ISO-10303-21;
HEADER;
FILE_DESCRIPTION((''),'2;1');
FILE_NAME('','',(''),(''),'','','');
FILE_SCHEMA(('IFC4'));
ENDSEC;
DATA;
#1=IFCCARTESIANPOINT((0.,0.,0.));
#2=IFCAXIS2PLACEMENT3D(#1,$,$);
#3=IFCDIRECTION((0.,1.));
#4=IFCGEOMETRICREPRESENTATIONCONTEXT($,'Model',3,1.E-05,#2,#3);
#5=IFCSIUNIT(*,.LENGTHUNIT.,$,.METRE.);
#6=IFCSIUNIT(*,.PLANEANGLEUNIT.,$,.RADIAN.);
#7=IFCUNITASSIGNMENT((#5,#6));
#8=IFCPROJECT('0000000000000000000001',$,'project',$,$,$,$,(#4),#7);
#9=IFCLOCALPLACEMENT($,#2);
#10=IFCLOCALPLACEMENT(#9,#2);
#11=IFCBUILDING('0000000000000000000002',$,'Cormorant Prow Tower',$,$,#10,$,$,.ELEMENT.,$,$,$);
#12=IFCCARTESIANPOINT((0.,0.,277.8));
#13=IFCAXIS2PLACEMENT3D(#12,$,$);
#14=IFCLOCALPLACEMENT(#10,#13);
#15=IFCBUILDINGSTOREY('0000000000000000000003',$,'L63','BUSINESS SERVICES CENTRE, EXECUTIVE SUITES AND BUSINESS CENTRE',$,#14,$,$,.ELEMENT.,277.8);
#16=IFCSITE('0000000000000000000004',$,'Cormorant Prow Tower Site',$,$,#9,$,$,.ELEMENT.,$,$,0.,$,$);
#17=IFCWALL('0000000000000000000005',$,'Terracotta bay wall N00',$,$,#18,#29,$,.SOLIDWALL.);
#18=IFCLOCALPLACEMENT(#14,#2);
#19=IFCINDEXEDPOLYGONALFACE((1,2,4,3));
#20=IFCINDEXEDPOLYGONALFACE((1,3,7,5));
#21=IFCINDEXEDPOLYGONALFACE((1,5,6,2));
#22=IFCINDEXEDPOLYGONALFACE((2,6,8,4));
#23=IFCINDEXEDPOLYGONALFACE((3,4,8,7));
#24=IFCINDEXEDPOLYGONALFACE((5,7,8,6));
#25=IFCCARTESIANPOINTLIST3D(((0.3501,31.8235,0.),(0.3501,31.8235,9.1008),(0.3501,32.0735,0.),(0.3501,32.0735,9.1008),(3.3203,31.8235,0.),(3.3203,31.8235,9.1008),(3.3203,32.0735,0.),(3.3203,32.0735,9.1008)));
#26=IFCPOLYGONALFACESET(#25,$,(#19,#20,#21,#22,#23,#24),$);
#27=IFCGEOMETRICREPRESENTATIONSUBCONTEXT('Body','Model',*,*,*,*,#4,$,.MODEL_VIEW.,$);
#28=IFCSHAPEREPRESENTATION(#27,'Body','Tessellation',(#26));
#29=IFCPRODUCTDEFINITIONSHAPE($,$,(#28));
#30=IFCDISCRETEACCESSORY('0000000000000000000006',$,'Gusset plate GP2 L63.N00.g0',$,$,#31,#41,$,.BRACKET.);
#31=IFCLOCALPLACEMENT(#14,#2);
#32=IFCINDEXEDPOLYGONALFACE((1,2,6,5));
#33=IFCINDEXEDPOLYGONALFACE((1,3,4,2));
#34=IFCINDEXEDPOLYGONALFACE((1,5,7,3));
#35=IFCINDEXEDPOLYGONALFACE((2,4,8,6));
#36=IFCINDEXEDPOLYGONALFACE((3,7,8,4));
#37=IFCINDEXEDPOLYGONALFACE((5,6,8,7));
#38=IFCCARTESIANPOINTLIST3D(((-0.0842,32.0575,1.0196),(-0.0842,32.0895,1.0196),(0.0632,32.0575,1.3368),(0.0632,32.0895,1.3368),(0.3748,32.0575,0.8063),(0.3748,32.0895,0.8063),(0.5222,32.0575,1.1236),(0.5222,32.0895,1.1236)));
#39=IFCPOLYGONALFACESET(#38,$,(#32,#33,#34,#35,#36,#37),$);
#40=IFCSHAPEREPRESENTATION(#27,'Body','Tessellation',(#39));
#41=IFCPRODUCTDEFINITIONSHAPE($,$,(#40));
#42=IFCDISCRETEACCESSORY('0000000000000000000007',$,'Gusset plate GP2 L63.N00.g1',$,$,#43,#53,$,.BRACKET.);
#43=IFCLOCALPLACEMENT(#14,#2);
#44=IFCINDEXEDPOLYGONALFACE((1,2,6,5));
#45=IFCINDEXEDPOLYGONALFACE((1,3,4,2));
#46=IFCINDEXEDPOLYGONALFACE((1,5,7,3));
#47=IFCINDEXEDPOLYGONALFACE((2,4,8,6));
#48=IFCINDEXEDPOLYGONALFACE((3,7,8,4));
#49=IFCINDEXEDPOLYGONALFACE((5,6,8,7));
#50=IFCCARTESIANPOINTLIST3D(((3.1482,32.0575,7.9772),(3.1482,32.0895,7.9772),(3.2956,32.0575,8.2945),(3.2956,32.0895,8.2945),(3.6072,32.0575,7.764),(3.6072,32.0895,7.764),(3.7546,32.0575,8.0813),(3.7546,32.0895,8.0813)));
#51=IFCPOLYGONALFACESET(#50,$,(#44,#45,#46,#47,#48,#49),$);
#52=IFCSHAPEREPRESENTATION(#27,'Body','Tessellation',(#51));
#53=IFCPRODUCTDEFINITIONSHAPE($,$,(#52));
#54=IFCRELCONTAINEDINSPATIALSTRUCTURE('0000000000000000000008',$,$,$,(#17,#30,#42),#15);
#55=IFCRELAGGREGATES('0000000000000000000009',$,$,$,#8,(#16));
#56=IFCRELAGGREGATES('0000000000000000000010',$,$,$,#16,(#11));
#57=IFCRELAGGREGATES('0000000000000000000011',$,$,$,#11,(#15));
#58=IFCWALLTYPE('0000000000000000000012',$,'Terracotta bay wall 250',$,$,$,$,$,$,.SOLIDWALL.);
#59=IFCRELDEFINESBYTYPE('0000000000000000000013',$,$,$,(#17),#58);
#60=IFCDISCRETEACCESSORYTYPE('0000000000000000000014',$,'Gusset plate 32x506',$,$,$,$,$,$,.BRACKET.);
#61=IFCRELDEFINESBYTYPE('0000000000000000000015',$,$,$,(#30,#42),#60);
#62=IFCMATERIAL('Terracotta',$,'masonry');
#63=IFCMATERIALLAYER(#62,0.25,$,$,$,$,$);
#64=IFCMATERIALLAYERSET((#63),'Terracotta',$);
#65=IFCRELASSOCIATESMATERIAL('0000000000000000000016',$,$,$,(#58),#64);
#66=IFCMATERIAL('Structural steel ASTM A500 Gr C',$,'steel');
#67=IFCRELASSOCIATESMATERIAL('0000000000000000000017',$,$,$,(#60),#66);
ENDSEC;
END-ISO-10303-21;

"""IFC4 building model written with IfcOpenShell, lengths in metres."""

from ifc_helpers import new_model, si_unit, direction, frame, frame_2d, origin, origin_2d, place, context, subcontext, project, spatial, rectangle, extrude, material, layer, layer_set, material_profile, profile_set, type_object, element, save


model = new_model("IFC4")

# Units and contexts
model_context = context("Model", 3, precision=1e-05, world=origin(), true_north=direction((0.0, 1.0)))
body_context = subcontext(model_context, "Body", "Model", "MODEL_VIEW")
ifc_project = project(units=[si_unit("LENGTHUNIT", "METRE"), si_unit("PLANEANGLEUNIT", "RADIAN")], contexts=[model_context])

# Site, building, storey
site_placement = place(None, origin())
site = spatial("IfcSite", under=ifc_project, at=site_placement, Name="Cormorant Prow Tower Site", CompositionType="ELEMENT", RefElevation=0.0)
building_placement = place(site_placement, origin())
building = spatial("IfcBuilding", under=site, at=building_placement, Name="Cormorant Prow Tower", CompositionType="ELEMENT")
storey_placement = place(building_placement, frame((0.0, 0.0, 277.8)))
storey = spatial("IfcBuildingStorey", under=building, at=storey_placement, Name="L63", Description="BUSINESS SERVICES CENTRE, EXECUTIVE SUITES AND BUSINESS CENTRE", CompositionType="ELEMENT", Elevation=277.8)

# Wall
ifc_material_1 = material(Name="Terracotta", Category="masonry")
ifc_layer_1 = layer(ifc_material_1, 0.25)
ifc_layer_set_1 = layer_set([ifc_layer_1], Name="Terracotta")
wall_type = type_object("IfcWallType", Name="Terracotta bay wall 250", PredefinedType="SOLIDWALL", material=ifc_layer_set_1)
wall_placement = place(storey_placement, frame((3.3203, 31.9485, 0.0), z_axis=(0.0, 0.0, 1.0), x_axis=(-1.0, 0.0, 0.0)))
element("IfcWall", 1, at=wall_placement, inside=storey, type_object=wall_type, Name="Terracotta bay wall N00", PredefinedType="SOLIDWALL", context=body_context, shape_type="SweptSolid", body=[
    extrude(rectangle(XDim=2.9702, YDim=0.25, at=frame_2d((1.4851, 0.0))), origin(), (0.0, 0.0, 1.0), 9.1008),
])

# Discrete accessories
ifc_material_2 = material(Name="Structural steel ASTM A500 Gr C", Category="steel")
ifc_material_profile_1 = material_profile(ifc_material_2, rectangle(XDim=0.032, YDim=0.5061, at=origin_2d()), Name="Gusset plate 32x506")
ifc_profile_set_1 = profile_set([ifc_material_profile_1], Name="Structural steel ASTM A500 Gr C")
discrete_accessory_type = type_object("IfcDiscreteAccessoryType", Name="Gusset plate 32x506", PredefinedType="BRACKET", material=ifc_profile_set_1)
for number, where, z_axis, x_axis, name in (
    (2, (0.2927, 32.0735, 1.2302), (-0.421357, 0.0, -0.906895), (0.0, -1.0, 0.0), "Gusset plate GP2 L63.N00.g0"),
    (3, (3.3777, 32.0735, 7.8706), (0.421357, 0.0, 0.906895), (0.0, 1.0, 0.0), "Gusset plate GP2 L63.N00.g1"),
):
    element("IfcDiscreteAccessory", number, at=place(storey_placement, frame(where, z_axis=z_axis, x_axis=x_axis)), inside=storey, type_object=discrete_accessory_type, Name=name, PredefinedType="BRACKET", context=body_context, shape_type="SweptSolid", body=[
        extrude(rectangle(XDim=0.032, YDim=0.5061, at=origin_2d()), origin(), (0.0, 0.0, 1.0), 0.3499),
    ])

save(model, "model.ifc")
